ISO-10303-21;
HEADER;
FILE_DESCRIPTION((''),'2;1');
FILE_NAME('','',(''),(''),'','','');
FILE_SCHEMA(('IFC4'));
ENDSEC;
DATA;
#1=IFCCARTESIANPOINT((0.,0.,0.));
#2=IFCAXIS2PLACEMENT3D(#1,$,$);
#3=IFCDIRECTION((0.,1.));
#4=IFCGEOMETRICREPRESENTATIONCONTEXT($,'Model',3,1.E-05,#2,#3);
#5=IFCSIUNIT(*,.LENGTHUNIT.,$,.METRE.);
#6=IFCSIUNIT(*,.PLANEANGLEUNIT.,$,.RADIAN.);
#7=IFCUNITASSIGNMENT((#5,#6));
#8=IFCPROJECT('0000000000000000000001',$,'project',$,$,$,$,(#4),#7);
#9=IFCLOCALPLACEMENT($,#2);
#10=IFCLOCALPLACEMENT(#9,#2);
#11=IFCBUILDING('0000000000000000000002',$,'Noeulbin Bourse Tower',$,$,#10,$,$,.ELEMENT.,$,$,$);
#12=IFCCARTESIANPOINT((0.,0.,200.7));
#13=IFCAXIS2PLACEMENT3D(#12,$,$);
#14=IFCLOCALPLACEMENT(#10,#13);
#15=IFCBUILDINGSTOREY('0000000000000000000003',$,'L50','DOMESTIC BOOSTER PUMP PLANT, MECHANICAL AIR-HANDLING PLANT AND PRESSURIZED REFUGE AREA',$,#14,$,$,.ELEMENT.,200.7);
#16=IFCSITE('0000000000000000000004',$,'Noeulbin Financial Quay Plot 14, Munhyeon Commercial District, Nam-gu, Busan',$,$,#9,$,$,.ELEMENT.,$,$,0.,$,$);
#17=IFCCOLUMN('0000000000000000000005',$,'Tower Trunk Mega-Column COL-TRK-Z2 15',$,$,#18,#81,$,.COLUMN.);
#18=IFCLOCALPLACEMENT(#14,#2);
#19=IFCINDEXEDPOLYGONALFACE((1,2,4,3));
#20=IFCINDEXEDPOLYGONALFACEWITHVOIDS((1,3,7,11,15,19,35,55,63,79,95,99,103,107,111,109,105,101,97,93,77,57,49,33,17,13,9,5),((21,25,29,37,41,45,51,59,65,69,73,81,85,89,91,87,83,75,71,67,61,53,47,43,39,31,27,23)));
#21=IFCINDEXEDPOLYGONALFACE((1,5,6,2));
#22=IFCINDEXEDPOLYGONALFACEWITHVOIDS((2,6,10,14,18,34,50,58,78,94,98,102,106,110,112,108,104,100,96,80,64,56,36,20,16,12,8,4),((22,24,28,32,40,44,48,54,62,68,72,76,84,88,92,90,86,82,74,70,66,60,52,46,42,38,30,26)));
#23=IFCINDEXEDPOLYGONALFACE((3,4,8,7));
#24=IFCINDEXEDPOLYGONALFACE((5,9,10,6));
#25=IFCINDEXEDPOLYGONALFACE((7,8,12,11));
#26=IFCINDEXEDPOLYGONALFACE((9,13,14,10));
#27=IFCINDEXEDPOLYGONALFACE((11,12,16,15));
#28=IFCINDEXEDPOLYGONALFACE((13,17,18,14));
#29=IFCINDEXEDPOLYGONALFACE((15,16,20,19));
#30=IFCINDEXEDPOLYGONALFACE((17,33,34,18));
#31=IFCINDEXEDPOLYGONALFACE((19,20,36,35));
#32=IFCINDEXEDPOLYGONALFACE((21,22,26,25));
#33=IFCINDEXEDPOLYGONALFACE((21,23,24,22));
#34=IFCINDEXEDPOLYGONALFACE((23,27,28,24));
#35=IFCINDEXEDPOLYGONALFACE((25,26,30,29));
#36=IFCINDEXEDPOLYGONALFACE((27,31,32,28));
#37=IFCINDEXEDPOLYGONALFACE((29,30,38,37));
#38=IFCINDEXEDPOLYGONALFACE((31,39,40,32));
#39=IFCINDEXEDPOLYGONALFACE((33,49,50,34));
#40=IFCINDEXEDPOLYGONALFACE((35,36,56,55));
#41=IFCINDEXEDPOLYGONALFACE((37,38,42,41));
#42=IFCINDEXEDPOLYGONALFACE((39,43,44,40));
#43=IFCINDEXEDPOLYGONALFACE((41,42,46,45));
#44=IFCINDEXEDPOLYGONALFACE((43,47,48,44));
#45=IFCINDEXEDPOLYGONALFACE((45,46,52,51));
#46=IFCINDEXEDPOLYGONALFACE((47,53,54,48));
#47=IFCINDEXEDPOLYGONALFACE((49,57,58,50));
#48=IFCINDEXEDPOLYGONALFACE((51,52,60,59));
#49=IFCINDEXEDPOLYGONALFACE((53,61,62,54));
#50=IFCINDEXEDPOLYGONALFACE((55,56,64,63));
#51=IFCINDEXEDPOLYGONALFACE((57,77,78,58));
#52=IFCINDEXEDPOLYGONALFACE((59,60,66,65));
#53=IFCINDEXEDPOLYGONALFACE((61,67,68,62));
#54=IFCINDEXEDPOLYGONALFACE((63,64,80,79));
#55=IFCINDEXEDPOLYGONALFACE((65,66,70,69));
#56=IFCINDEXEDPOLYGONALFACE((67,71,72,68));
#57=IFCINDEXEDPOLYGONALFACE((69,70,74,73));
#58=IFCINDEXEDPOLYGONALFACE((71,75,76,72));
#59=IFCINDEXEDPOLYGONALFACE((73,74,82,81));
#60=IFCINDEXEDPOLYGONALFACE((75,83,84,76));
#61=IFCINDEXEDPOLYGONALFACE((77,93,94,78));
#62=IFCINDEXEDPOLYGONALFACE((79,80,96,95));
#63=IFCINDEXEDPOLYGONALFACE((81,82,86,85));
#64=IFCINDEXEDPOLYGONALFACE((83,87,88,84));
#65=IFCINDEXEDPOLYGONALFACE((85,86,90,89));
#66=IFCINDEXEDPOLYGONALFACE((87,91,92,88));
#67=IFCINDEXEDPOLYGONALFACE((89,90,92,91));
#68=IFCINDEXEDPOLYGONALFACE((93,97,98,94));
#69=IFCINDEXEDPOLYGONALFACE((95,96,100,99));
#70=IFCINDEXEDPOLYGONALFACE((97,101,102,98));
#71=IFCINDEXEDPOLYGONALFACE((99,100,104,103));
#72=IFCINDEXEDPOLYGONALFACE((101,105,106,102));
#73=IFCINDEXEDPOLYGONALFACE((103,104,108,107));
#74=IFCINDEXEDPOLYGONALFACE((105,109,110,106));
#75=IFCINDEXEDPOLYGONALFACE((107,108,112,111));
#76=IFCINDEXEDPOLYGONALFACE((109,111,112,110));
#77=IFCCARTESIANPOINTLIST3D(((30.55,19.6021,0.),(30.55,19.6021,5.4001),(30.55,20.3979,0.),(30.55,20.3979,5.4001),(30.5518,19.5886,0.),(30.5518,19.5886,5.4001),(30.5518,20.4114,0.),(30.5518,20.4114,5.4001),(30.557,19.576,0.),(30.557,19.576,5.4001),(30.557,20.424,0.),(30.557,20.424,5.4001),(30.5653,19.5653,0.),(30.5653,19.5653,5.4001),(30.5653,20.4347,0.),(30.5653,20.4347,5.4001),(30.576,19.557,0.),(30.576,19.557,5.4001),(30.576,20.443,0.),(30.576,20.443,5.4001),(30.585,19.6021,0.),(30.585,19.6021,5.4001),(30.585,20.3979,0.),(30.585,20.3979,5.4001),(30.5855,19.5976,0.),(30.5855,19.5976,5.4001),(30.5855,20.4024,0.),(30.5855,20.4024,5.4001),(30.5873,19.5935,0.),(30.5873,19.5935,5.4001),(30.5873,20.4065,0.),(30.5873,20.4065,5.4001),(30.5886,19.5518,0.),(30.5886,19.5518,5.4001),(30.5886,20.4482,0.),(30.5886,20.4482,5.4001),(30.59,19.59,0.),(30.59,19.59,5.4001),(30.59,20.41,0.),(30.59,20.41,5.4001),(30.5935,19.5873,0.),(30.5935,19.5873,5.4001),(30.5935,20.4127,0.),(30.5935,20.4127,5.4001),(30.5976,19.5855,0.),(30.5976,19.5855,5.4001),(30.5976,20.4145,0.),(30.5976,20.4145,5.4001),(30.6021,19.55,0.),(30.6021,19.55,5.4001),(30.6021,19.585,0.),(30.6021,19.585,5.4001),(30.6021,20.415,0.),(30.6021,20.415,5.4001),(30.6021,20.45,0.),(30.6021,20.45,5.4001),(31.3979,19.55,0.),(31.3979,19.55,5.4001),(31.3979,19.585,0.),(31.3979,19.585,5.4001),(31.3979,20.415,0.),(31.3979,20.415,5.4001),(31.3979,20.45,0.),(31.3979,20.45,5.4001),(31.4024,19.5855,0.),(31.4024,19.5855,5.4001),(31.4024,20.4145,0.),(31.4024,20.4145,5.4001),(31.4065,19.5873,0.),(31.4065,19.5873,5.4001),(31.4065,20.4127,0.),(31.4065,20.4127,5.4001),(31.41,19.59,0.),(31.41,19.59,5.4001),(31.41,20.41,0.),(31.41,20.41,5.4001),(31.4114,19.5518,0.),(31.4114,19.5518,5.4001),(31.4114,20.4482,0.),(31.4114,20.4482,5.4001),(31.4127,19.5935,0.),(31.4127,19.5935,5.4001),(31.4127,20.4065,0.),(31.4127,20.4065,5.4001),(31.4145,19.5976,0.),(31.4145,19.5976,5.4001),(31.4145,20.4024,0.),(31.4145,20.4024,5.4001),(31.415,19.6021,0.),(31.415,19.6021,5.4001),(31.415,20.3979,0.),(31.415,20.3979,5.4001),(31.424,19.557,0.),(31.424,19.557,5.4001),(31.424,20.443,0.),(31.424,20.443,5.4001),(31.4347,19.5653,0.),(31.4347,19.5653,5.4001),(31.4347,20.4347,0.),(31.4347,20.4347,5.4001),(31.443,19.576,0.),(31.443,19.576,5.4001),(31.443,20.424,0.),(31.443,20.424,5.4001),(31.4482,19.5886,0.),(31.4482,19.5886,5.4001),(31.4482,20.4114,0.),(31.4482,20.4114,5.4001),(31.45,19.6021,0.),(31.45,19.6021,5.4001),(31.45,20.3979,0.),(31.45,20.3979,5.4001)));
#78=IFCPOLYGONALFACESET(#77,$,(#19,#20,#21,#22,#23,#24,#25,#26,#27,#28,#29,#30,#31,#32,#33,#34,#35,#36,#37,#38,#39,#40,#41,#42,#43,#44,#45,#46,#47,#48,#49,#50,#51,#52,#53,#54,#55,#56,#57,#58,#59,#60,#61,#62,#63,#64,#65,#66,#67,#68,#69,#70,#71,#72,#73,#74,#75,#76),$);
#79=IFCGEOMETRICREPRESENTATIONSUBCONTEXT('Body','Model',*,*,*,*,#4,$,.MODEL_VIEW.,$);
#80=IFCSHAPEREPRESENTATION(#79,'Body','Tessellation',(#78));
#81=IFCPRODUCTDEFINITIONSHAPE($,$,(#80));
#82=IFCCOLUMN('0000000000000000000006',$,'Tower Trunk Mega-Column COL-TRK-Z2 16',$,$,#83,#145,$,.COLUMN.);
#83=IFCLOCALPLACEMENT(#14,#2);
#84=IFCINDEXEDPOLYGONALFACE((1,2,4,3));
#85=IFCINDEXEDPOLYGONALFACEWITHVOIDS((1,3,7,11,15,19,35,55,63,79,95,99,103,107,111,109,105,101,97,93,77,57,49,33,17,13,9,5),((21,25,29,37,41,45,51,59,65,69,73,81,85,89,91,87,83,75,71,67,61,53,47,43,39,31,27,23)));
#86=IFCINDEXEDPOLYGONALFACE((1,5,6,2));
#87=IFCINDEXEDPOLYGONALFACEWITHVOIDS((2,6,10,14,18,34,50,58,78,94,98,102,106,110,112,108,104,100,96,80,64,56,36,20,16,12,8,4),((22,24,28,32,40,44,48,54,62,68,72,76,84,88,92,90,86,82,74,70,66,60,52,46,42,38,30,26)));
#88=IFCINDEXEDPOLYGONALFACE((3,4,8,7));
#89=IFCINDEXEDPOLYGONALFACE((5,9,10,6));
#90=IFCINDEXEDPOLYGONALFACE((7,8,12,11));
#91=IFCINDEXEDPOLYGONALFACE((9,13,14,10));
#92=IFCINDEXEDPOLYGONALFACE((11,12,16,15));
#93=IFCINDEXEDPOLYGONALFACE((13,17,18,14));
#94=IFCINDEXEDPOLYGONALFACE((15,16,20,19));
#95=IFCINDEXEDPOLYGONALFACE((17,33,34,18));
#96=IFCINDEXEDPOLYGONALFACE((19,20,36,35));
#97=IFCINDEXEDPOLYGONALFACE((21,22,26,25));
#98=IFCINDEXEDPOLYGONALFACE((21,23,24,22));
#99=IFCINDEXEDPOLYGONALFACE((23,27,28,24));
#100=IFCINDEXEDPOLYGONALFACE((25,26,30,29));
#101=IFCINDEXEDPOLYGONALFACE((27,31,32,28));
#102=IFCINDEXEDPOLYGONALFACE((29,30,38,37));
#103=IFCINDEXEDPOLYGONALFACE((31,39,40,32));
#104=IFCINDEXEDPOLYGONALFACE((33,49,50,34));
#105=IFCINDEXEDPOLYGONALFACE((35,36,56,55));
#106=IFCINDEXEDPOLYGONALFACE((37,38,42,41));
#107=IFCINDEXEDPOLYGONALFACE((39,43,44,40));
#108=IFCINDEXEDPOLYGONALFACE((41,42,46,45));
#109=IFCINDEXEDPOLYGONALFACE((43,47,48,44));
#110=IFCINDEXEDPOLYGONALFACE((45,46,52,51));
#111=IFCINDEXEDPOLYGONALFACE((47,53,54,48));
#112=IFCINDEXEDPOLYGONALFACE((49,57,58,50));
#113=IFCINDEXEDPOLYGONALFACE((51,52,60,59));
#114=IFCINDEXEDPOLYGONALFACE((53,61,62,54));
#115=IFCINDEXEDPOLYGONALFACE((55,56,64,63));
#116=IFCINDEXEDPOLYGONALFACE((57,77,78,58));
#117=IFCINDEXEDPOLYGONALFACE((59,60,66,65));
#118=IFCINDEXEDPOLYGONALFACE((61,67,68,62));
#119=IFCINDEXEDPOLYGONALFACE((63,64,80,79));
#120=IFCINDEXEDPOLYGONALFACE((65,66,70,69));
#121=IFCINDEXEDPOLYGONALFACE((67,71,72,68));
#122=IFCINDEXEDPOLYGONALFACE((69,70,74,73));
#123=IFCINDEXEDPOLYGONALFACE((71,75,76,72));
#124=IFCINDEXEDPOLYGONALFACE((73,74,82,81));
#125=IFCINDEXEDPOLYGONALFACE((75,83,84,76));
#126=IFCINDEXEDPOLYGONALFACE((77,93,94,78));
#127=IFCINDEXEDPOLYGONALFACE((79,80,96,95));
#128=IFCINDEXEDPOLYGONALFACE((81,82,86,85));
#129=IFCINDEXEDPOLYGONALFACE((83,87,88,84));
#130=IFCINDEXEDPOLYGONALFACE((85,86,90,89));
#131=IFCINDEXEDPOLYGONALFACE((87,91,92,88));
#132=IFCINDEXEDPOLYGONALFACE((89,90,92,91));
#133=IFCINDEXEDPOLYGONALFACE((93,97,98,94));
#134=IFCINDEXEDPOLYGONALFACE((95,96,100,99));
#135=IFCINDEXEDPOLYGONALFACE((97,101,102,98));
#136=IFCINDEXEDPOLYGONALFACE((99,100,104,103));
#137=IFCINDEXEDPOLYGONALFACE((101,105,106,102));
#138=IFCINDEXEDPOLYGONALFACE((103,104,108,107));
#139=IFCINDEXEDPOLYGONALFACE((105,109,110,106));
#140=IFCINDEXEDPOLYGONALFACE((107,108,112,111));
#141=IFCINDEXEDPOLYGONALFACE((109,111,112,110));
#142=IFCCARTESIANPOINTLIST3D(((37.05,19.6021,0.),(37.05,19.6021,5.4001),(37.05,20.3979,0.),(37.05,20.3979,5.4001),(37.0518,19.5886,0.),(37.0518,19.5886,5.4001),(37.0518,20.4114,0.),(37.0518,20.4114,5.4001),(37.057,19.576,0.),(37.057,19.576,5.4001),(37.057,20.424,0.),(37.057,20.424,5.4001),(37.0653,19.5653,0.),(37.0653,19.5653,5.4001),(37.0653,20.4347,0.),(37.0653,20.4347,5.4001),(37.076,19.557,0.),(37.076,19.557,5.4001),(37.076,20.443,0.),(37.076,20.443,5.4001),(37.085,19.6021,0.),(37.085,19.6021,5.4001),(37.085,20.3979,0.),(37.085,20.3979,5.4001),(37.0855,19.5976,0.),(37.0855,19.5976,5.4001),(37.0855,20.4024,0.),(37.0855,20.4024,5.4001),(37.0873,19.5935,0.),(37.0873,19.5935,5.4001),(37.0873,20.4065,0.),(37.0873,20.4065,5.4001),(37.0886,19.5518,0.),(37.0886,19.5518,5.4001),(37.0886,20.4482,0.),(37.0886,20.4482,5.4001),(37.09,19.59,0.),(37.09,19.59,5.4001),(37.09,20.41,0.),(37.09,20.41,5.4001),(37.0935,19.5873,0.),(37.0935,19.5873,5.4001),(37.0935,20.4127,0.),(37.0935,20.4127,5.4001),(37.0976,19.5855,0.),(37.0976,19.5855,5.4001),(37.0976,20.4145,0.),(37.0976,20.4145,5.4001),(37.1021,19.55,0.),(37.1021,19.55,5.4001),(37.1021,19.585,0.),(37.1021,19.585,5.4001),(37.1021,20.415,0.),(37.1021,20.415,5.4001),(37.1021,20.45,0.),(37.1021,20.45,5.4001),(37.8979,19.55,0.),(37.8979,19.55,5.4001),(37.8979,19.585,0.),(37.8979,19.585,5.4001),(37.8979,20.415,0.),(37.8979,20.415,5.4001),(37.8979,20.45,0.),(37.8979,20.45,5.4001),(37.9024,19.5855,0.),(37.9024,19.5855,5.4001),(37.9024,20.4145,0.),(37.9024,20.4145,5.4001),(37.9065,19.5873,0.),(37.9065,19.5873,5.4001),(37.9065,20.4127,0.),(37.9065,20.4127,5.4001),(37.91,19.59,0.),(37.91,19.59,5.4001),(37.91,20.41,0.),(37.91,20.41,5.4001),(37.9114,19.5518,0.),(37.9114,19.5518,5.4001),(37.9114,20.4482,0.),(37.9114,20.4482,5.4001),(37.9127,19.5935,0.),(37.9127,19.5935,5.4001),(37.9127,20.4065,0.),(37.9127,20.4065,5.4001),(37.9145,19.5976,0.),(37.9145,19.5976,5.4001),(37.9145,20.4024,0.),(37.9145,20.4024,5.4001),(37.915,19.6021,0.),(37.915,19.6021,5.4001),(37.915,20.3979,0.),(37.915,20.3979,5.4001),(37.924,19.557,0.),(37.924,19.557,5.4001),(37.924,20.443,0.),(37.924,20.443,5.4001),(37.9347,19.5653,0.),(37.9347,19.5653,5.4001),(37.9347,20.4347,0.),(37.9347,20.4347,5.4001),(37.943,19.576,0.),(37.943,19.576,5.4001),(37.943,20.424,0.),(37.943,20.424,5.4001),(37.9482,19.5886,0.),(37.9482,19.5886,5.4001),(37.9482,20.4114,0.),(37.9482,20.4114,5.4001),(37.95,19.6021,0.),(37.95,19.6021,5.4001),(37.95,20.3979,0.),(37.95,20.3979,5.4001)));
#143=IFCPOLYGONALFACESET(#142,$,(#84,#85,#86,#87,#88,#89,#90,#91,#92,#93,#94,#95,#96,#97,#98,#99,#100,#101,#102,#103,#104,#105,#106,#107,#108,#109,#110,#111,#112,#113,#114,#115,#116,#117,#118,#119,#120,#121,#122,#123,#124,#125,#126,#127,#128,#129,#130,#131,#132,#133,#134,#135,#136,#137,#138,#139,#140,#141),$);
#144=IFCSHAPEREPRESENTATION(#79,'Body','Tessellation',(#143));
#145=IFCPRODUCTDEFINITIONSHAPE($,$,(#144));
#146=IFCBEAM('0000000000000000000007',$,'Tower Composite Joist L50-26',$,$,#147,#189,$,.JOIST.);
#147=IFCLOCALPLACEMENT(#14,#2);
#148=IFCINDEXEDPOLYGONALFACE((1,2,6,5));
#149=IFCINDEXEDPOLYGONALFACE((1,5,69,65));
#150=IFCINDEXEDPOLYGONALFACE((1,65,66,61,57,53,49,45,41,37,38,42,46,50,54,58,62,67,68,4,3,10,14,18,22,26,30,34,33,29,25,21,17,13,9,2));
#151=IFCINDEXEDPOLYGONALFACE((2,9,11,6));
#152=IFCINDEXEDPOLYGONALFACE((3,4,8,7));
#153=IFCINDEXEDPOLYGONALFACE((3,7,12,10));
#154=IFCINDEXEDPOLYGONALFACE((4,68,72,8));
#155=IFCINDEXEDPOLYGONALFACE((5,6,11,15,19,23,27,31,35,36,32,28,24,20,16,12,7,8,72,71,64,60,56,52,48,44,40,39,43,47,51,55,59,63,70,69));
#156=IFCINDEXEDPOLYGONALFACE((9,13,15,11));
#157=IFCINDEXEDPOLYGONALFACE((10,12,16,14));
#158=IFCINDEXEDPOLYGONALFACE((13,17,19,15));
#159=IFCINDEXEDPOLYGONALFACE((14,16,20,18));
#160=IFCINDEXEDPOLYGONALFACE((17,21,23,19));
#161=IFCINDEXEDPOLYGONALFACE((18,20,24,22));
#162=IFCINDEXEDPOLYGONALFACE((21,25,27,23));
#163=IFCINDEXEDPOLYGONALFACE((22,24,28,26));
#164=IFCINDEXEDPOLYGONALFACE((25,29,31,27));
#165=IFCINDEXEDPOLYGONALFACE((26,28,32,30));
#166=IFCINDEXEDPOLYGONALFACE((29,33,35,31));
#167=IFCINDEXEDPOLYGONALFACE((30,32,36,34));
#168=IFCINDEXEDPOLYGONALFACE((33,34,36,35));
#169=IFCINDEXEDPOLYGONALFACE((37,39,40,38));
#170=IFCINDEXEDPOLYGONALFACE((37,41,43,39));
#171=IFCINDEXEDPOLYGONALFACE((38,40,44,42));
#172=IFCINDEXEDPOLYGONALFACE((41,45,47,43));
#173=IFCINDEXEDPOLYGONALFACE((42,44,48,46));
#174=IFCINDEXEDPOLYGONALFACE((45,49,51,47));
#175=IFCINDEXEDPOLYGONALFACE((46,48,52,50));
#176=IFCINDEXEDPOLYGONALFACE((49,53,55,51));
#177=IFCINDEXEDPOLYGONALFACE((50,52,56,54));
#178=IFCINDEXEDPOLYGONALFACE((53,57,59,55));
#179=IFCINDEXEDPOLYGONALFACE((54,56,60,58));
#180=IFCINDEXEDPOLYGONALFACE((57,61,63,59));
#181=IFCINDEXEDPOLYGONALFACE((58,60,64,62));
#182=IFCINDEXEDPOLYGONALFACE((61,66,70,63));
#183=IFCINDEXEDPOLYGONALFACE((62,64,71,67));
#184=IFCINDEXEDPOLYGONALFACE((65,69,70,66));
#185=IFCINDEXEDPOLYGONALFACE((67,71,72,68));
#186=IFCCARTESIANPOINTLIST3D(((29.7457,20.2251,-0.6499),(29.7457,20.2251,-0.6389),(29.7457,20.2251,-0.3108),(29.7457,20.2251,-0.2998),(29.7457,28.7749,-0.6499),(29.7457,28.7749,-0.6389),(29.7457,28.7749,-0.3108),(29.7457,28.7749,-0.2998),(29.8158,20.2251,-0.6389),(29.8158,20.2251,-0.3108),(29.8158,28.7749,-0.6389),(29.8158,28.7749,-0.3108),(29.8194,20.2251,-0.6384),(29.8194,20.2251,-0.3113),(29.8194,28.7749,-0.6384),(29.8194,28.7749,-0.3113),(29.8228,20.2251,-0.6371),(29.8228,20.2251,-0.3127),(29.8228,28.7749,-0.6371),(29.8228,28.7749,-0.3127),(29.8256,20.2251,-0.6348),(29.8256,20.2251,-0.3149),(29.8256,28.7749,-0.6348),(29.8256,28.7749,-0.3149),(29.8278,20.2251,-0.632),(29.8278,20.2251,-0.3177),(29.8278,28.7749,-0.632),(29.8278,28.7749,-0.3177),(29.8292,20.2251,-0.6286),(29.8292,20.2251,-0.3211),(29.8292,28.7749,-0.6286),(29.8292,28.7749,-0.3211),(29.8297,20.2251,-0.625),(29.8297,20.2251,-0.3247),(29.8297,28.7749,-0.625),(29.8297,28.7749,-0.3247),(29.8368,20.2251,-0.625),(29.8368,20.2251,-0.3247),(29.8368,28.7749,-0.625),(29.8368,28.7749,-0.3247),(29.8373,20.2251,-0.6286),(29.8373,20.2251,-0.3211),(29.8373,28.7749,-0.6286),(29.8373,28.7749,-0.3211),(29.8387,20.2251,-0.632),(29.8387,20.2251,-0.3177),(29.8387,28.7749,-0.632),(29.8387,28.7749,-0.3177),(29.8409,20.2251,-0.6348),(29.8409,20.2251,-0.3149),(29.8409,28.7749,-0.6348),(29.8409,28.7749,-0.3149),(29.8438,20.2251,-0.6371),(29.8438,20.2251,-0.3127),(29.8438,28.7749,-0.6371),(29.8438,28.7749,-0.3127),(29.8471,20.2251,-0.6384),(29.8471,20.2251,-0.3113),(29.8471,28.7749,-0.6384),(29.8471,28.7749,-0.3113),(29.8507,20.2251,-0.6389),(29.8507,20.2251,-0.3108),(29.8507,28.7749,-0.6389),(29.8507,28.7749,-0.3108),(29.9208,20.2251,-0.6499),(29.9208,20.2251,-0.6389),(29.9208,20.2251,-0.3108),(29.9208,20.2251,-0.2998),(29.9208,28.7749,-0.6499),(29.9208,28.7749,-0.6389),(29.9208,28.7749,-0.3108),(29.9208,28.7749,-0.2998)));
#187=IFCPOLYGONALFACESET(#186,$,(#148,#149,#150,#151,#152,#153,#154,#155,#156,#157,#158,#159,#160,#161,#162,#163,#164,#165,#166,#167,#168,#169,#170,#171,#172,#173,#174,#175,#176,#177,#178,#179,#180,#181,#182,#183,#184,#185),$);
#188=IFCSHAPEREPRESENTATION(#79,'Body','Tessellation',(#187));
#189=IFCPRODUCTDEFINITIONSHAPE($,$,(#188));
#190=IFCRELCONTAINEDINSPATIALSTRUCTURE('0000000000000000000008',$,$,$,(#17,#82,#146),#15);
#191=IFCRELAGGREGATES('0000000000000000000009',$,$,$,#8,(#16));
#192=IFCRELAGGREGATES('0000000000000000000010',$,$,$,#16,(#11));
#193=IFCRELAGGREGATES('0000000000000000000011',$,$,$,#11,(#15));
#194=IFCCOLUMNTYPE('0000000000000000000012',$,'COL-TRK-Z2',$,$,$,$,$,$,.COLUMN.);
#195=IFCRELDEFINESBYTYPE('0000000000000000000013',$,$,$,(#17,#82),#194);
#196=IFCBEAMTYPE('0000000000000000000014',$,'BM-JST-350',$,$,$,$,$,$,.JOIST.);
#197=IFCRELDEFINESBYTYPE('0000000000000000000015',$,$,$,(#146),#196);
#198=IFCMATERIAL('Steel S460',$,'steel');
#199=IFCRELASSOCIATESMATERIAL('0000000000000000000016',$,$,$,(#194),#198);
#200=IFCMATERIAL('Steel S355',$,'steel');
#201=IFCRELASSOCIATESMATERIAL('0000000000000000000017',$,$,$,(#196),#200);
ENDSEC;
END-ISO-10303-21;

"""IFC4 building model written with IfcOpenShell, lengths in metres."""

from ifc_helpers import new_model, si_unit, direction, frame, origin, origin_2d, place, context, subcontext, project, spatial, hollow_rectangle, i_section, extrude, material, material_profile, profile_set, type_object, element, save


model = new_model("IFC4")

# Units and contexts
model_context = context("Model", 3, precision=1e-05, world=origin(), true_north=direction((0.0, 1.0)))
body_context = subcontext(model_context, "Body", "Model", "MODEL_VIEW")
ifc_project = project(units=[si_unit("LENGTHUNIT", "METRE"), si_unit("PLANEANGLEUNIT", "RADIAN")], contexts=[model_context])

# Site, building, storey
site_placement = place(None, origin())
site = spatial("IfcSite", under=ifc_project, at=site_placement, Name="Noeulbin Financial Quay Plot 14, Munhyeon Commercial District, Nam-gu, Busan", CompositionType="ELEMENT", RefElevation=0.0)
building_placement = place(site_placement, origin())
building = spatial("IfcBuilding", under=site, at=building_placement, Name="Noeulbin Bourse Tower", CompositionType="ELEMENT")
storey_placement = place(building_placement, frame((0.0, 0.0, 200.7)))
storey = spatial("IfcBuildingStorey", under=building, at=storey_placement, Name="L50", Description="DOMESTIC BOOSTER PUMP PLANT, MECHANICAL AIR-HANDLING PLANT AND PRESSURIZED REFUGE AREA", CompositionType="ELEMENT", Elevation=200.7)

# Columns
ifc_material_1 = material(Name="Steel S460", Category="steel")
ifc_material_profile_1 = material_profile(ifc_material_1, hollow_rectangle(XDim=0.8999, YDim=0.8999, WallThickness=0.0349, InnerFilletRadius=0.0171, OuterFilletRadius=0.052, at=origin_2d()), Name="BOX-900x900x35", Category="LoadBearing")
ifc_profile_set_1 = profile_set([ifc_material_profile_1], Name="Steel S460")
column_type = type_object("IfcColumnType", Name="COL-TRK-Z2", PredefinedType="COLUMN", material=ifc_profile_set_1)
for number, where, z_axis, x_axis, name in (
    (1, (31.0, 20.0, 0.0), (0.0, 0.0, 1.0), (1.0, 0.0, 0.0), "Tower Trunk Mega-Column COL-TRK-Z2 15"),
    (2, (37.5, 20.0, 0.0), (0.0, 0.0, 1.0), (1.0, 0.0, 0.0), "Tower Trunk Mega-Column COL-TRK-Z2 16"),
):
    element("IfcColumn", number, at=place(storey_placement, frame(where, z_axis=z_axis, x_axis=x_axis)), inside=storey, type_object=column_type, Name=name, PredefinedType="COLUMN", context=body_context, shape_type="SweptSolid", body=[
        extrude(hollow_rectangle(XDim=0.8999, YDim=0.8999, WallThickness=0.0349, InnerFilletRadius=0.0171, OuterFilletRadius=0.052, at=origin_2d()), origin(), (0.0, 0.0, 1.0), 5.4001),
    ])

# Beam
ifc_material_2 = material(Name="Steel S355", Category="steel")
ifc_material_profile_2 = material_profile(ifc_material_2, i_section(OverallWidth=0.175, OverallDepth=0.3501, WebThickness=0.0071, FlangeThickness=0.011, FilletRadius=0.0139, at=origin_2d()), Name="H-350x175x7x11", Category="LoadBearing")
ifc_profile_set_2 = profile_set([ifc_material_profile_2], Name="Steel S355")
beam_type_1 = type_object("IfcBeamType", Name="BM-JST-350", PredefinedType="JOIST", material=ifc_profile_set_2)
for number, where, z_axis, x_axis, name in (
    (3, (29.8333, 20.2251, -0.4749), (0.0, 1.0, 0.0), (-1.0, 0.0, 0.0), "Tower Composite Joist L50-26"),
):
    element("IfcBeam", number, at=place(storey_placement, frame(where, z_axis=z_axis, x_axis=x_axis)), inside=storey, type_object=beam_type_1, Name=name, PredefinedType="JOIST", context=body_context, shape_type="SweptSolid", body=[
        extrude(i_section(OverallWidth=0.175, OverallDepth=0.3501, WebThickness=0.0071, FlangeThickness=0.011, FilletRadius=0.0139, at=origin_2d()), origin(), (0.0, 0.0, 1.0), 8.5498),
    ])

save(model, "model.ifc")
